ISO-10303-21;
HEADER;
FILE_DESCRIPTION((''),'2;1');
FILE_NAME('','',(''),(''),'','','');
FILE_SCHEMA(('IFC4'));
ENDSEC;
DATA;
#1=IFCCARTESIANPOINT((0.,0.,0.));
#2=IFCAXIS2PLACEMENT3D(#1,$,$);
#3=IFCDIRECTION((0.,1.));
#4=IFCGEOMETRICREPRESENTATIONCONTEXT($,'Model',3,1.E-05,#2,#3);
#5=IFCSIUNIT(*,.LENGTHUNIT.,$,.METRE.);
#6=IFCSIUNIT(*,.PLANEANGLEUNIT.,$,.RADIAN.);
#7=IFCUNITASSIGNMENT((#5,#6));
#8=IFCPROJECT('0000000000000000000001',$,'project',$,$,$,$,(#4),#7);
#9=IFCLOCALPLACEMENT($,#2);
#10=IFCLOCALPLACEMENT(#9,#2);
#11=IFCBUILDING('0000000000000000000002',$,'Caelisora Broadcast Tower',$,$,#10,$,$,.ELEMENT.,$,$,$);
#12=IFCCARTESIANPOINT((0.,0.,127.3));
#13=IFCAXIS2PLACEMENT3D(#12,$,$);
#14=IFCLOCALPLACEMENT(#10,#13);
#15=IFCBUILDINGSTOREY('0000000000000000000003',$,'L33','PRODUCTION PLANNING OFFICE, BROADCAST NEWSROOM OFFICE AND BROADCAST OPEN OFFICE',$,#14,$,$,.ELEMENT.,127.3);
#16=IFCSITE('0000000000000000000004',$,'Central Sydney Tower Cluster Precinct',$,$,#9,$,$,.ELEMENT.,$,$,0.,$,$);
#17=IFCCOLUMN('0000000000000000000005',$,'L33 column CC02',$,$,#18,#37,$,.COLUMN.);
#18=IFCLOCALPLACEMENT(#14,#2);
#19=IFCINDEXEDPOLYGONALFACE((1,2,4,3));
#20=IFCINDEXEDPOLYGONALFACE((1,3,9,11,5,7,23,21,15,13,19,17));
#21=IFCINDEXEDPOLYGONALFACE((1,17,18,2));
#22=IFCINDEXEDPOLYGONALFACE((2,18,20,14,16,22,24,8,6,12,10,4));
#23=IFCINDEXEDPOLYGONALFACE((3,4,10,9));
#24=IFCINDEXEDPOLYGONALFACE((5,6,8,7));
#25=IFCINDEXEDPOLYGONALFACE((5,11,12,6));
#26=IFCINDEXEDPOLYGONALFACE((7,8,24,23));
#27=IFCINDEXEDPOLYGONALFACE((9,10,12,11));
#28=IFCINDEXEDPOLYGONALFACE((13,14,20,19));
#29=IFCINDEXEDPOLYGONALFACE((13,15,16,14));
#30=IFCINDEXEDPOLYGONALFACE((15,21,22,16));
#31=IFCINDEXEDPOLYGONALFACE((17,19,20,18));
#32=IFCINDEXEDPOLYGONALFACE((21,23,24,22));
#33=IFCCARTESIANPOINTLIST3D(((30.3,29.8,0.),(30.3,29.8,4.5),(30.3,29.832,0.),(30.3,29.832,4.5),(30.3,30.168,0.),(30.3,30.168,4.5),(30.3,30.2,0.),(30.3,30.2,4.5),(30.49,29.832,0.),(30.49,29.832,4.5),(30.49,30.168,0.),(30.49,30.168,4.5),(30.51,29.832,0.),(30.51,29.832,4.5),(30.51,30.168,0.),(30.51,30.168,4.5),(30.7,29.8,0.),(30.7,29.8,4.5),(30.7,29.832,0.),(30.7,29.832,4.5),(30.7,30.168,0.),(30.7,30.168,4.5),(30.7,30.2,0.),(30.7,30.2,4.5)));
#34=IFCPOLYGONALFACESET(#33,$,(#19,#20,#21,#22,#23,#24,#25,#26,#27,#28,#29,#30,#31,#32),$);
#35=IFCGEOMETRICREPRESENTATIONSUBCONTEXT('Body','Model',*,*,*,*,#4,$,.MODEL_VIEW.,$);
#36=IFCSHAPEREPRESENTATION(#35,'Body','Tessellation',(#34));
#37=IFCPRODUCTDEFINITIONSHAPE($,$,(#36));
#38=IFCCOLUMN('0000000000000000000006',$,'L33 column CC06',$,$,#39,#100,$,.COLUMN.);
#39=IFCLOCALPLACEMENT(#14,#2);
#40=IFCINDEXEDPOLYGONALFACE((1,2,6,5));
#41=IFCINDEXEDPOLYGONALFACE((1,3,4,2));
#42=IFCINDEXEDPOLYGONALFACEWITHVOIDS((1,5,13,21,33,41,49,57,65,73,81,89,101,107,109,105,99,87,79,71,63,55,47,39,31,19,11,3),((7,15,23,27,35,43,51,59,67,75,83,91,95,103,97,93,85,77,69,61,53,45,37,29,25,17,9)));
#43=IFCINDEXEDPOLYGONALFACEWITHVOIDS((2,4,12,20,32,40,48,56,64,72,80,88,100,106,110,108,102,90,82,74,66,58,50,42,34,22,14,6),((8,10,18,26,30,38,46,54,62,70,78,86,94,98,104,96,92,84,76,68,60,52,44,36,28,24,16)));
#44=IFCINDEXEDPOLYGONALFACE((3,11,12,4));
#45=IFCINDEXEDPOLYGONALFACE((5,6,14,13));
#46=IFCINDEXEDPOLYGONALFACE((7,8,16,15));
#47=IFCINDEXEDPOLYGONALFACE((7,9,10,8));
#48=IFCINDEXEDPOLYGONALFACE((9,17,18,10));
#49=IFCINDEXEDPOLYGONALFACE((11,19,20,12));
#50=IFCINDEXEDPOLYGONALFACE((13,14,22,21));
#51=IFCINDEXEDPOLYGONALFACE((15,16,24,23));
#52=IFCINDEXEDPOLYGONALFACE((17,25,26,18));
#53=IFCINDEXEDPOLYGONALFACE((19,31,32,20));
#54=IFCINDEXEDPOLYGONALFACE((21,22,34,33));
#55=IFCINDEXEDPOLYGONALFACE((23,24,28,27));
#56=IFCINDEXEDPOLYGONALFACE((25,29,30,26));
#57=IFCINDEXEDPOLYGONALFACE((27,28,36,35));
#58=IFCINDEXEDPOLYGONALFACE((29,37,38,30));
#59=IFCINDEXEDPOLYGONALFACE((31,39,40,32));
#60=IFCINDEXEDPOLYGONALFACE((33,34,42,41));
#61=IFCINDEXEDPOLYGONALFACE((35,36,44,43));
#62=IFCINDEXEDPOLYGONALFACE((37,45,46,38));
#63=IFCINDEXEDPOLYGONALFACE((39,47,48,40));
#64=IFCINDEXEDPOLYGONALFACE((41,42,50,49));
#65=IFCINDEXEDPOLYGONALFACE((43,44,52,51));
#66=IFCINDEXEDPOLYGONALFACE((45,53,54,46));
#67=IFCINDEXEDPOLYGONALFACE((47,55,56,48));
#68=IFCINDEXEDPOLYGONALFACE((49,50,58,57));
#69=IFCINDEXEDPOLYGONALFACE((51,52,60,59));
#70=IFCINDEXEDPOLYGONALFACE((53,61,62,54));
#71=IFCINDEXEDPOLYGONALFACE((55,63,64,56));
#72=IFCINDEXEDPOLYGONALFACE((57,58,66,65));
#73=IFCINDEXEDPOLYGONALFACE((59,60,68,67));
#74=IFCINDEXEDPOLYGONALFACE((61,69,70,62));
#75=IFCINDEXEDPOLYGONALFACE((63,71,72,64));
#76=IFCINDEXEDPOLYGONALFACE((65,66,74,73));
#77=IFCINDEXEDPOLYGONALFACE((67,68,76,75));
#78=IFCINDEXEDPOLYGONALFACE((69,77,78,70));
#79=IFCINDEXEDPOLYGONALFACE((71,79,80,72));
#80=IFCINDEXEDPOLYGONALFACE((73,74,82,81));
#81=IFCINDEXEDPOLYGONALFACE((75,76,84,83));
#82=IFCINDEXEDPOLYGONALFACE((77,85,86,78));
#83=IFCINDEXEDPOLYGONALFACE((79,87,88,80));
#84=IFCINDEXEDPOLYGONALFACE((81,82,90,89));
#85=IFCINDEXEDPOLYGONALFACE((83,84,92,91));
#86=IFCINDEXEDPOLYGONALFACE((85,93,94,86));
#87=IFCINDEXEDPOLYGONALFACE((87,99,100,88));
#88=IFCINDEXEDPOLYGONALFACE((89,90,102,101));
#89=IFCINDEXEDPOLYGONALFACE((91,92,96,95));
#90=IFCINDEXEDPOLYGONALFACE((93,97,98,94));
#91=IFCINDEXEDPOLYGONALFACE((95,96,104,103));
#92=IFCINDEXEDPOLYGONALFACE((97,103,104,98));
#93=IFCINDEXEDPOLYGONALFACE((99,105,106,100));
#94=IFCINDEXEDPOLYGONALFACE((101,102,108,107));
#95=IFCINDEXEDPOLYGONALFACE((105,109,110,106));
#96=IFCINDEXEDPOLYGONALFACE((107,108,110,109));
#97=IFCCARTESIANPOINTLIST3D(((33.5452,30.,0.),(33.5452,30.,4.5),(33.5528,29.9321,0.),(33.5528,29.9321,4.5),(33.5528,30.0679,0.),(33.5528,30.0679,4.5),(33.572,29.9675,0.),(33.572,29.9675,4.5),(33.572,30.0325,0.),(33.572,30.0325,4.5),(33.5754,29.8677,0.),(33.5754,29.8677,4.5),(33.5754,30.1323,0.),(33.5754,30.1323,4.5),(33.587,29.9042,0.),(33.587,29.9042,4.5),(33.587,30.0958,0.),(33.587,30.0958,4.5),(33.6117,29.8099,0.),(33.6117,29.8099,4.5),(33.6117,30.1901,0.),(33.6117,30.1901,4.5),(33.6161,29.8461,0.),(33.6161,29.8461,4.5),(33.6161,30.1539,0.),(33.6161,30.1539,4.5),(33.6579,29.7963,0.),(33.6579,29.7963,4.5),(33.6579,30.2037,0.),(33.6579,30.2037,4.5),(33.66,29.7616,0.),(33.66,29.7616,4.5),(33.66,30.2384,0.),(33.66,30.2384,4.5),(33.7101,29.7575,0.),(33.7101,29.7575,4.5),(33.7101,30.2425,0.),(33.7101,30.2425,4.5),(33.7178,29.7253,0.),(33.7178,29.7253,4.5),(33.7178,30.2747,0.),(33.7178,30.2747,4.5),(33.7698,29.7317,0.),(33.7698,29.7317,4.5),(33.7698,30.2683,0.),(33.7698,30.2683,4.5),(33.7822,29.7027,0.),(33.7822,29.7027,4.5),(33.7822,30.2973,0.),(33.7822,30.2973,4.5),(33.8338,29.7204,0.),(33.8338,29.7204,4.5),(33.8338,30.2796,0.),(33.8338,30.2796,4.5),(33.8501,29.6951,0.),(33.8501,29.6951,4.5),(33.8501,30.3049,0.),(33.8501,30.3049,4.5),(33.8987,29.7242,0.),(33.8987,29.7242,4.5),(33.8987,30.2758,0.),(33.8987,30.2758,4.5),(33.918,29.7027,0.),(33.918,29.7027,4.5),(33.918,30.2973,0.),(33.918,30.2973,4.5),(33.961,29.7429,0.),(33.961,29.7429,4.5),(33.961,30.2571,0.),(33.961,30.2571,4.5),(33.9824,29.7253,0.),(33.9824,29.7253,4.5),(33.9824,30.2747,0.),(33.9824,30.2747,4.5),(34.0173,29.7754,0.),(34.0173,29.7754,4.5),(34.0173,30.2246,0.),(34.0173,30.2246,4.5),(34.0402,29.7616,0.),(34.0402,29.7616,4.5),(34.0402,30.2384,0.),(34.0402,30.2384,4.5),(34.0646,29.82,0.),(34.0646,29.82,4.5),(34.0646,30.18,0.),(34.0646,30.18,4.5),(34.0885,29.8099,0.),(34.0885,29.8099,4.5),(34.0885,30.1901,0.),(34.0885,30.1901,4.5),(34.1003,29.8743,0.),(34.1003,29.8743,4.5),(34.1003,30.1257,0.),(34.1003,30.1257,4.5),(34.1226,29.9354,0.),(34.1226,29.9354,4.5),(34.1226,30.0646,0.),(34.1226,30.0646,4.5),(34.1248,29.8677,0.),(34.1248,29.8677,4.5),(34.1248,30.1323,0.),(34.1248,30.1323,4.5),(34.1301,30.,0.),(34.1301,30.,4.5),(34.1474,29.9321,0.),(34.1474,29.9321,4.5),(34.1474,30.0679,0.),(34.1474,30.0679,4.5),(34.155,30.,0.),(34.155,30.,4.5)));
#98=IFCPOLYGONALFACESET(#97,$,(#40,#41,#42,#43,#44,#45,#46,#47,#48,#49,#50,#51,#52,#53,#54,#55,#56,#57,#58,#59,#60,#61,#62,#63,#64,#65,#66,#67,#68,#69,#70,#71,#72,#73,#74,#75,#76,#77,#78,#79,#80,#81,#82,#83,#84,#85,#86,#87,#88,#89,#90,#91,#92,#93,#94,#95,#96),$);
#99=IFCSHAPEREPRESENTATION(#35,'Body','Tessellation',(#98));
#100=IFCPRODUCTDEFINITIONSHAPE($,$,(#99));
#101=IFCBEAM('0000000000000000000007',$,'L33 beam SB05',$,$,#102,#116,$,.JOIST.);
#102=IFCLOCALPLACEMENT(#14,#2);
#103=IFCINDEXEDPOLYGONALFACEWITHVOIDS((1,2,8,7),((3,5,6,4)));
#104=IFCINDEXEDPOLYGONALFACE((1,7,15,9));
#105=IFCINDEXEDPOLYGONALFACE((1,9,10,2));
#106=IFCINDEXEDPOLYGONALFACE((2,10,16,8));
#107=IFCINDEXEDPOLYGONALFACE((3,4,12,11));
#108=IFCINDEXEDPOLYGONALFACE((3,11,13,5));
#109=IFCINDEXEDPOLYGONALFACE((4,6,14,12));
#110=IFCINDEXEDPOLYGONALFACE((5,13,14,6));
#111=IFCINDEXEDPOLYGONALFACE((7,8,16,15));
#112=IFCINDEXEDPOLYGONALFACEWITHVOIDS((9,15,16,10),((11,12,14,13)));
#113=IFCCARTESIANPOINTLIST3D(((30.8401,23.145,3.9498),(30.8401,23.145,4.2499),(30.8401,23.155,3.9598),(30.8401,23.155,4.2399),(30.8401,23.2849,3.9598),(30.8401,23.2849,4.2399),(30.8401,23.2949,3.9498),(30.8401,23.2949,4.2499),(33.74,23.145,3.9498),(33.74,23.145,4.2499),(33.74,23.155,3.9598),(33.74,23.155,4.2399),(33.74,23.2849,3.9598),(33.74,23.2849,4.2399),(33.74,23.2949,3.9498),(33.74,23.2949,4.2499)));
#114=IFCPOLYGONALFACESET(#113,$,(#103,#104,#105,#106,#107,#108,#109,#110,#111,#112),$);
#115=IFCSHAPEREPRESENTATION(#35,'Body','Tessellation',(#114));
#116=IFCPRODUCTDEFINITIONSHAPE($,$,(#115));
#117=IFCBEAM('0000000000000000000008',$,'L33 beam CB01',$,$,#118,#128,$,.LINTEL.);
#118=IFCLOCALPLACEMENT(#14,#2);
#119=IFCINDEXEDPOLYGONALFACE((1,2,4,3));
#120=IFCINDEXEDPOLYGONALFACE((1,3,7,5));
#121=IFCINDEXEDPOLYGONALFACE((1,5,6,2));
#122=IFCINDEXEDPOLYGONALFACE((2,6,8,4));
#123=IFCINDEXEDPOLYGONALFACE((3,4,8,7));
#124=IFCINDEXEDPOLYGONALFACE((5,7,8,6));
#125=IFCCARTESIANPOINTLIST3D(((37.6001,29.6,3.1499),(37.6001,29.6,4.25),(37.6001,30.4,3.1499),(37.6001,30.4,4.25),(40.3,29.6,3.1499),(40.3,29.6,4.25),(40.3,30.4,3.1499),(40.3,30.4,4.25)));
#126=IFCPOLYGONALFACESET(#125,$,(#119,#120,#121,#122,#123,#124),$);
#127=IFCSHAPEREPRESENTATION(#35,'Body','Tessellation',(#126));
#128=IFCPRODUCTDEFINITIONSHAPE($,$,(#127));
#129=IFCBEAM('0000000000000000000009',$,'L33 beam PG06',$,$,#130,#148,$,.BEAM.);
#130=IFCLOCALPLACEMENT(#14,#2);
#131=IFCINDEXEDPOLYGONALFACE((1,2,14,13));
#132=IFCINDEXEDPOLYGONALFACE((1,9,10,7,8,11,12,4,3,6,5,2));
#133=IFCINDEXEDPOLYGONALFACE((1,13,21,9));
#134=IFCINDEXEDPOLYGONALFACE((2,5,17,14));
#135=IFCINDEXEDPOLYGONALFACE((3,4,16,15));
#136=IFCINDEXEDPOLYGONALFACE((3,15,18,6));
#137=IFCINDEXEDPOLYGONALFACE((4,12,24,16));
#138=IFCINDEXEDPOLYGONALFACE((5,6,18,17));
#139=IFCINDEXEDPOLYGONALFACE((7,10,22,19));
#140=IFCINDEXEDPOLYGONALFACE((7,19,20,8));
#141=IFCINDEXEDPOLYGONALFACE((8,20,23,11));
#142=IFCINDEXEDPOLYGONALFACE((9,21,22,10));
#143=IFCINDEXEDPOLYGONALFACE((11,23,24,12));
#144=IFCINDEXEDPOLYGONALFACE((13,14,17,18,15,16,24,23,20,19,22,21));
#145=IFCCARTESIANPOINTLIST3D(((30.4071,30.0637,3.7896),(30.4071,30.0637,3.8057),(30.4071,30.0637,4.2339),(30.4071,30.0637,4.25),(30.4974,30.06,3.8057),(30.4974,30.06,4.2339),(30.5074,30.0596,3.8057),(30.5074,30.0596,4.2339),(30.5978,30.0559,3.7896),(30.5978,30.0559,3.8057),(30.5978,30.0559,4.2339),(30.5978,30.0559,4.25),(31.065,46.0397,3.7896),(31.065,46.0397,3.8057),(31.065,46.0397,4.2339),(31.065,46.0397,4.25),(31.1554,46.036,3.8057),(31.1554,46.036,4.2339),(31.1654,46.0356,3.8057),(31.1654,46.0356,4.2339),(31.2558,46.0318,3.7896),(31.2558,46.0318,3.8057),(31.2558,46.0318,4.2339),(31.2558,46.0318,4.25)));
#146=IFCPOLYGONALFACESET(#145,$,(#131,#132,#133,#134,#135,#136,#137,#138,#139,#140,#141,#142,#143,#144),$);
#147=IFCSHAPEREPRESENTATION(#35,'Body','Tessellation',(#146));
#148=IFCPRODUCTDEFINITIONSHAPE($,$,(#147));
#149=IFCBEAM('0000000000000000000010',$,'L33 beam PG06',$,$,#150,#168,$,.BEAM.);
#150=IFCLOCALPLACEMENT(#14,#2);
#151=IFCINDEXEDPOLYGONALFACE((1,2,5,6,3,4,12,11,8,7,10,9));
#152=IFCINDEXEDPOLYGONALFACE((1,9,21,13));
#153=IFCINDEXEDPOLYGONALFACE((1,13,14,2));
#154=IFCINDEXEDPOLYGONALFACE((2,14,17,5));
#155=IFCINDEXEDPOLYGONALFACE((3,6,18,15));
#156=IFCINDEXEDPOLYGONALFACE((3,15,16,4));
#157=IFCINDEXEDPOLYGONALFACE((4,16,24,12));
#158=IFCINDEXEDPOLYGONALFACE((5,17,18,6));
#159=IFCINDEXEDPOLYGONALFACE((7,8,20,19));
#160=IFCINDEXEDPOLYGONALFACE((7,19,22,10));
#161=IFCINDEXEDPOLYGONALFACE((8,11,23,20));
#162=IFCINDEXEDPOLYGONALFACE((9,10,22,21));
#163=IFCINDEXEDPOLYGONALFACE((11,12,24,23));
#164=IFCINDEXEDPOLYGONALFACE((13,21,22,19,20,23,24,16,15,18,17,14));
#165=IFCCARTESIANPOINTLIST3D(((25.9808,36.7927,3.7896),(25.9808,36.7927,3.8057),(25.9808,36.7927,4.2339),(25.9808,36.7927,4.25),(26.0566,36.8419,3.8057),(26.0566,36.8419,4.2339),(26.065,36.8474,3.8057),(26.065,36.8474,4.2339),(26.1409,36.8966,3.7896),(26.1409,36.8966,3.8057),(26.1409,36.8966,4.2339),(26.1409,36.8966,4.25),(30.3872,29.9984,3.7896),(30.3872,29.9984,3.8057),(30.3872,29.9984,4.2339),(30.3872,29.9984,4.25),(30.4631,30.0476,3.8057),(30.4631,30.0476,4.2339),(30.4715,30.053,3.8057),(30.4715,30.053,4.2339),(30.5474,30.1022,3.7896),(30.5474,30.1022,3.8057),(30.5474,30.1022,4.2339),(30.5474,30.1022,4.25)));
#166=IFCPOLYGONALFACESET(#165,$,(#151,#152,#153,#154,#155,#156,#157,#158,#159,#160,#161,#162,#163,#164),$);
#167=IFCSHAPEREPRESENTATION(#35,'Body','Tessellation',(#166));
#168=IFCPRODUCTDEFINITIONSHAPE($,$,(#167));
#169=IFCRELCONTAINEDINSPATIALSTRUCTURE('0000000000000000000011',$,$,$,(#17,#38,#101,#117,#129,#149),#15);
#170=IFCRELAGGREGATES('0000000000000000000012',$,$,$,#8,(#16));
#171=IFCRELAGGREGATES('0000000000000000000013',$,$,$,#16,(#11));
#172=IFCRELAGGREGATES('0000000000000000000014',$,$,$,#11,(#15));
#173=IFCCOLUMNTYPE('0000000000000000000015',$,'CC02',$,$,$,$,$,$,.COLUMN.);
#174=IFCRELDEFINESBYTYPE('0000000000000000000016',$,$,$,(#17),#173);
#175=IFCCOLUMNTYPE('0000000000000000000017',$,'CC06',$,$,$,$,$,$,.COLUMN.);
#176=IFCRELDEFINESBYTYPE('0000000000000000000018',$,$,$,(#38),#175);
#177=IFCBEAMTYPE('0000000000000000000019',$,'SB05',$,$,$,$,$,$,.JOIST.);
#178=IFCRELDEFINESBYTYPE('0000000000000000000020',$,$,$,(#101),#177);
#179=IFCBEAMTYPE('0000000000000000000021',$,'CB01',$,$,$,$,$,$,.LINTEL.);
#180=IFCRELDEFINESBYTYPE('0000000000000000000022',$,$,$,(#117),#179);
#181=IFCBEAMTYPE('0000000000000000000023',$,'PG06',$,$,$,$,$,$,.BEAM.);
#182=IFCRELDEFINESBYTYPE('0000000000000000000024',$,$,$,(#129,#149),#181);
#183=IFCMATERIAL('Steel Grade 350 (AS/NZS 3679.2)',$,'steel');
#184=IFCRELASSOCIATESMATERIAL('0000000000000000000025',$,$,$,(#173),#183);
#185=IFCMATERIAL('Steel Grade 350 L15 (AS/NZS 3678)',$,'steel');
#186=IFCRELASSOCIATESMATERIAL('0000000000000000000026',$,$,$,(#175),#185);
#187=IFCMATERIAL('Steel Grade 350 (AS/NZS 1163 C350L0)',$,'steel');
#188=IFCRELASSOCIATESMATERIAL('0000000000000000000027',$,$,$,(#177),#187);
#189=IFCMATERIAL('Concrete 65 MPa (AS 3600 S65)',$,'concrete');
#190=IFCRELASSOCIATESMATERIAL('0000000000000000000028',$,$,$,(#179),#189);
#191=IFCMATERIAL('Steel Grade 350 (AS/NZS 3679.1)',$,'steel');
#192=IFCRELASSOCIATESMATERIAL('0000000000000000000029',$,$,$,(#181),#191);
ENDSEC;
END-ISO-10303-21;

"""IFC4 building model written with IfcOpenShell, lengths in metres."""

from ifc_helpers import new_model, si_unit, direction, frame, origin, origin_2d, place, context, subcontext, project, spatial, rectangle, hollow_rectangle, hollow_circle, i_section, extrude, source, transform, mapped, material, material_profile, profile_set, type_object, type_shapes, element, save


model = new_model("IFC4")

# Units and contexts
model_context = context("Model", 3, precision=1e-05, world=origin(), true_north=direction((0.0, 1.0)))
body_context = subcontext(model_context, "Body", "Model", "MODEL_VIEW")
ifc_project = project(units=[si_unit("LENGTHUNIT", "METRE"), si_unit("PLANEANGLEUNIT", "RADIAN")], contexts=[model_context])

# Site, building, storey
site_placement = place(None, origin())
site = spatial("IfcSite", under=ifc_project, at=site_placement, Name="Central Sydney Tower Cluster Precinct", CompositionType="ELEMENT", RefElevation=0.0)
building_placement = place(site_placement, origin())
building = spatial("IfcBuilding", under=site, at=building_placement, Name="Caelisora Broadcast Tower", CompositionType="ELEMENT")
storey_placement = place(building_placement, frame((0.0, 0.0, 127.3)))
storey = spatial("IfcBuildingStorey", under=building, at=storey_placement, Name="L33", Description="PRODUCTION PLANNING OFFICE, BROADCAST NEWSROOM OFFICE AND BROADCAST OPEN OFFICE", CompositionType="ELEMENT", Elevation=127.3)

# Columns
ifc_material_1 = material(Name="Steel Grade 350 (AS/NZS 3679.2)", Category="steel")
ifc_material_profile_1 = material_profile(ifc_material_1, i_section(OverallWidth=0.3999, OverallDepth=0.3999, WebThickness=0.02, FlangeThickness=0.032, at=origin_2d()), Name="Steel Grade 350 (AS/NZS 3679.2)")
ifc_profile_set_1 = profile_set([ifc_material_profile_1], Name="Steel Grade 350 (AS/NZS 3679.2)")
column_type_1 = type_object("IfcColumnType", Name="CC02", PredefinedType="COLUMN", material=ifc_profile_set_1)
shared_shape_1 = source(origin(), body_context, "Body", "SweptSolid", [
    extrude(i_section(OverallWidth=0.3999, OverallDepth=0.3999, WebThickness=0.02, FlangeThickness=0.032, at=origin_2d()), origin(), (0.0, 0.0, 1.0), 4.5),
])
type_shapes(column_type_1, [shared_shape_1])
column_1_placement = place(storey_placement, frame((30.5, 30.0, 0.0), z_axis=(0.0, 0.0, 1.0), x_axis=(1.0, 0.0, 0.0)))
element("IfcColumn", 1, at=column_1_placement, inside=storey, type_object=column_type_1, Name="L33 column CC02", PredefinedType="COLUMN", context=body_context, shape_type="MappedRepresentation", body=[
    mapped(shared_shape_1, transform((0.0, 0.0, 0.0), scale=1.0)),
])
ifc_material_2 = material(Name="Steel Grade 350 L15 (AS/NZS 3678)", Category="steel")
ifc_material_profile_2 = material_profile(ifc_material_2, hollow_circle(Radius=0.3049, WallThickness=0.0249, at=origin_2d()), Name="Steel Grade 350 L15 (AS/NZS 3678)")
ifc_profile_set_2 = profile_set([ifc_material_profile_2], Name="Steel Grade 350 L15 (AS/NZS 3678)")
column_type_2 = type_object("IfcColumnType", Name="CC06", PredefinedType="COLUMN", material=ifc_profile_set_2)
shared_shape_2 = source(origin(), body_context, "Body", "SweptSolid", [
    extrude(hollow_circle(Radius=0.3049, WallThickness=0.0249, at=origin_2d()), origin(), (0.0, 0.0, 1.0), 4.5),
])
type_shapes(column_type_2, [shared_shape_2])
column_2_placement = place(storey_placement, frame((33.8501, 30.0, 0.0), z_axis=(0.0, 0.0, 1.0), x_axis=(1.0, 0.0, 0.0)))
element("IfcColumn", 2, at=column_2_placement, inside=storey, type_object=column_type_2, Name="L33 column CC06", PredefinedType="COLUMN", context=body_context, shape_type="MappedRepresentation", body=[
    mapped(shared_shape_2, transform((0.0, 0.0, 0.0), scale=1.0)),
])

# Beams
ifc_material_3 = material(Name="Steel Grade 350 (AS/NZS 1163 C350L0)", Category="steel")
ifc_material_profile_3 = material_profile(ifc_material_3, hollow_rectangle(XDim=0.1499, YDim=0.3, WallThickness=0.01, at=origin_2d()), Name="Steel Grade 350 (AS/NZS 1163 C350L0)")
ifc_profile_set_3 = profile_set([ifc_material_profile_3], Name="Steel Grade 350 (AS/NZS 1163 C350L0)")
beam_type_1 = type_object("IfcBeamType", Name="SB05", PredefinedType="JOIST", material=ifc_profile_set_3)
shared_shape_3 = source(origin(), body_context, "Body", "SweptSolid", [
    extrude(hollow_rectangle(XDim=0.1499, YDim=0.3, WallThickness=0.01, at=origin_2d()), origin(), (0.0, 0.0, 1.0), 2.8999),
])
type_shapes(beam_type_1, [shared_shape_3])
beam_1_placement = place(storey_placement, frame((30.8401, 23.22, 4.0999), z_axis=(1.0, 0.0, 0.0), x_axis=(0.0, 1.0, 0.0)))
element("IfcBeam", 3, at=beam_1_placement, inside=storey, type_object=beam_type_1, Name="L33 beam SB05", PredefinedType="JOIST", context=body_context, shape_type="MappedRepresentation", body=[
    mapped(shared_shape_3, transform((0.0, 0.0, 0.0), scale=1.0)),
])
ifc_material_4 = material(Name="Concrete 65 MPa (AS 3600 S65)", Category="concrete")
ifc_material_profile_4 = material_profile(ifc_material_4, rectangle(XDim=0.8, YDim=1.1001, at=origin_2d()), Name="Concrete 65 MPa (AS 3600 S65)")
ifc_profile_set_4 = profile_set([ifc_material_profile_4], Name="Concrete 65 MPa (AS 3600 S65)")
beam_type_2 = type_object("IfcBeamType", Name="CB01", PredefinedType="LINTEL", material=ifc_profile_set_4)
shared_shape_4 = source(origin(), body_context, "Body", "SweptSolid", [
    extrude(rectangle(XDim=0.8, YDim=1.1001, at=origin_2d()), origin(), (0.0, 0.0, 1.0), 2.7),
])
type_shapes(beam_type_2, [shared_shape_4])
beam_2_placement = place(storey_placement, frame((37.6001, 30.0, 3.7), z_axis=(1.0, 0.0, 0.0), x_axis=(0.0, 1.0, 0.0)))
element("IfcBeam", 4, at=beam_2_placement, inside=storey, type_object=beam_type_2, Name="L33 beam CB01", PredefinedType="LINTEL", context=body_context, shape_type="MappedRepresentation", body=[
    mapped(shared_shape_4, transform((0.0, 0.0, 0.0), scale=1.0)),
])
ifc_material_5 = material(Name="Steel Grade 350 (AS/NZS 3679.1)", Category="steel")
ifc_material_profile_5 = material_profile(ifc_material_5, i_section(OverallWidth=0.1909, OverallDepth=0.4604, WebThickness=0.01, FlangeThickness=0.0161, at=origin_2d()), Name="Steel Grade 350 (AS/NZS 3679.1)")
ifc_profile_set_5 = profile_set([ifc_material_profile_5], Name="Steel Grade 350 (AS/NZS 3679.1)")
beam_type_3 = type_object("IfcBeamType", Name="PG06", PredefinedType="BEAM", material=ifc_profile_set_5)
shared_shape_5 = source(origin(), body_context, "Body", "SweptSolid", [
    extrude(i_section(OverallWidth=0.1909, OverallDepth=0.4604, WebThickness=0.01, FlangeThickness=0.0161, at=origin_2d()), origin(), (0.0, 0.0, 1.0), 15.9895),
])
beam_3_placement = place(storey_placement, frame((30.5024, 30.0598, 4.0198), z_axis=(0.041149, 0.999153, 0.0), x_axis=(-0.999153, 0.041149, 0.0)))
element("IfcBeam", 5, at=beam_3_placement, inside=storey, type_object=beam_type_3, Name="L33 beam PG06", PredefinedType="BEAM", context=body_context, shape_type="MappedRepresentation", body=[
    mapped(shared_shape_5, transform((0.0, 0.0, 0.0), scale=1.0)),
])
shared_shape_6 = source(origin(), body_context, "Body", "SweptSolid", [
    extrude(i_section(OverallWidth=0.1909, OverallDepth=0.4604, WebThickness=0.01, FlangeThickness=0.0161, at=origin_2d()), origin(), (0.0, 0.0, 1.0), 8.0981),
])
beam_4_placement = place(storey_placement, frame((30.4673, 30.0503, 4.0198), z_axis=(-0.54413, 0.839001, 0.0), x_axis=(-0.839001, -0.54413, 0.0)))
element("IfcBeam", 6, at=beam_4_placement, inside=storey, type_object=beam_type_3, Name="L33 beam PG06", PredefinedType="BEAM", context=body_context, shape_type="MappedRepresentation", body=[
    mapped(shared_shape_6, transform((0.0, 0.0, 0.0), scale=1.0)),
])

save(model, "model.ifc")
